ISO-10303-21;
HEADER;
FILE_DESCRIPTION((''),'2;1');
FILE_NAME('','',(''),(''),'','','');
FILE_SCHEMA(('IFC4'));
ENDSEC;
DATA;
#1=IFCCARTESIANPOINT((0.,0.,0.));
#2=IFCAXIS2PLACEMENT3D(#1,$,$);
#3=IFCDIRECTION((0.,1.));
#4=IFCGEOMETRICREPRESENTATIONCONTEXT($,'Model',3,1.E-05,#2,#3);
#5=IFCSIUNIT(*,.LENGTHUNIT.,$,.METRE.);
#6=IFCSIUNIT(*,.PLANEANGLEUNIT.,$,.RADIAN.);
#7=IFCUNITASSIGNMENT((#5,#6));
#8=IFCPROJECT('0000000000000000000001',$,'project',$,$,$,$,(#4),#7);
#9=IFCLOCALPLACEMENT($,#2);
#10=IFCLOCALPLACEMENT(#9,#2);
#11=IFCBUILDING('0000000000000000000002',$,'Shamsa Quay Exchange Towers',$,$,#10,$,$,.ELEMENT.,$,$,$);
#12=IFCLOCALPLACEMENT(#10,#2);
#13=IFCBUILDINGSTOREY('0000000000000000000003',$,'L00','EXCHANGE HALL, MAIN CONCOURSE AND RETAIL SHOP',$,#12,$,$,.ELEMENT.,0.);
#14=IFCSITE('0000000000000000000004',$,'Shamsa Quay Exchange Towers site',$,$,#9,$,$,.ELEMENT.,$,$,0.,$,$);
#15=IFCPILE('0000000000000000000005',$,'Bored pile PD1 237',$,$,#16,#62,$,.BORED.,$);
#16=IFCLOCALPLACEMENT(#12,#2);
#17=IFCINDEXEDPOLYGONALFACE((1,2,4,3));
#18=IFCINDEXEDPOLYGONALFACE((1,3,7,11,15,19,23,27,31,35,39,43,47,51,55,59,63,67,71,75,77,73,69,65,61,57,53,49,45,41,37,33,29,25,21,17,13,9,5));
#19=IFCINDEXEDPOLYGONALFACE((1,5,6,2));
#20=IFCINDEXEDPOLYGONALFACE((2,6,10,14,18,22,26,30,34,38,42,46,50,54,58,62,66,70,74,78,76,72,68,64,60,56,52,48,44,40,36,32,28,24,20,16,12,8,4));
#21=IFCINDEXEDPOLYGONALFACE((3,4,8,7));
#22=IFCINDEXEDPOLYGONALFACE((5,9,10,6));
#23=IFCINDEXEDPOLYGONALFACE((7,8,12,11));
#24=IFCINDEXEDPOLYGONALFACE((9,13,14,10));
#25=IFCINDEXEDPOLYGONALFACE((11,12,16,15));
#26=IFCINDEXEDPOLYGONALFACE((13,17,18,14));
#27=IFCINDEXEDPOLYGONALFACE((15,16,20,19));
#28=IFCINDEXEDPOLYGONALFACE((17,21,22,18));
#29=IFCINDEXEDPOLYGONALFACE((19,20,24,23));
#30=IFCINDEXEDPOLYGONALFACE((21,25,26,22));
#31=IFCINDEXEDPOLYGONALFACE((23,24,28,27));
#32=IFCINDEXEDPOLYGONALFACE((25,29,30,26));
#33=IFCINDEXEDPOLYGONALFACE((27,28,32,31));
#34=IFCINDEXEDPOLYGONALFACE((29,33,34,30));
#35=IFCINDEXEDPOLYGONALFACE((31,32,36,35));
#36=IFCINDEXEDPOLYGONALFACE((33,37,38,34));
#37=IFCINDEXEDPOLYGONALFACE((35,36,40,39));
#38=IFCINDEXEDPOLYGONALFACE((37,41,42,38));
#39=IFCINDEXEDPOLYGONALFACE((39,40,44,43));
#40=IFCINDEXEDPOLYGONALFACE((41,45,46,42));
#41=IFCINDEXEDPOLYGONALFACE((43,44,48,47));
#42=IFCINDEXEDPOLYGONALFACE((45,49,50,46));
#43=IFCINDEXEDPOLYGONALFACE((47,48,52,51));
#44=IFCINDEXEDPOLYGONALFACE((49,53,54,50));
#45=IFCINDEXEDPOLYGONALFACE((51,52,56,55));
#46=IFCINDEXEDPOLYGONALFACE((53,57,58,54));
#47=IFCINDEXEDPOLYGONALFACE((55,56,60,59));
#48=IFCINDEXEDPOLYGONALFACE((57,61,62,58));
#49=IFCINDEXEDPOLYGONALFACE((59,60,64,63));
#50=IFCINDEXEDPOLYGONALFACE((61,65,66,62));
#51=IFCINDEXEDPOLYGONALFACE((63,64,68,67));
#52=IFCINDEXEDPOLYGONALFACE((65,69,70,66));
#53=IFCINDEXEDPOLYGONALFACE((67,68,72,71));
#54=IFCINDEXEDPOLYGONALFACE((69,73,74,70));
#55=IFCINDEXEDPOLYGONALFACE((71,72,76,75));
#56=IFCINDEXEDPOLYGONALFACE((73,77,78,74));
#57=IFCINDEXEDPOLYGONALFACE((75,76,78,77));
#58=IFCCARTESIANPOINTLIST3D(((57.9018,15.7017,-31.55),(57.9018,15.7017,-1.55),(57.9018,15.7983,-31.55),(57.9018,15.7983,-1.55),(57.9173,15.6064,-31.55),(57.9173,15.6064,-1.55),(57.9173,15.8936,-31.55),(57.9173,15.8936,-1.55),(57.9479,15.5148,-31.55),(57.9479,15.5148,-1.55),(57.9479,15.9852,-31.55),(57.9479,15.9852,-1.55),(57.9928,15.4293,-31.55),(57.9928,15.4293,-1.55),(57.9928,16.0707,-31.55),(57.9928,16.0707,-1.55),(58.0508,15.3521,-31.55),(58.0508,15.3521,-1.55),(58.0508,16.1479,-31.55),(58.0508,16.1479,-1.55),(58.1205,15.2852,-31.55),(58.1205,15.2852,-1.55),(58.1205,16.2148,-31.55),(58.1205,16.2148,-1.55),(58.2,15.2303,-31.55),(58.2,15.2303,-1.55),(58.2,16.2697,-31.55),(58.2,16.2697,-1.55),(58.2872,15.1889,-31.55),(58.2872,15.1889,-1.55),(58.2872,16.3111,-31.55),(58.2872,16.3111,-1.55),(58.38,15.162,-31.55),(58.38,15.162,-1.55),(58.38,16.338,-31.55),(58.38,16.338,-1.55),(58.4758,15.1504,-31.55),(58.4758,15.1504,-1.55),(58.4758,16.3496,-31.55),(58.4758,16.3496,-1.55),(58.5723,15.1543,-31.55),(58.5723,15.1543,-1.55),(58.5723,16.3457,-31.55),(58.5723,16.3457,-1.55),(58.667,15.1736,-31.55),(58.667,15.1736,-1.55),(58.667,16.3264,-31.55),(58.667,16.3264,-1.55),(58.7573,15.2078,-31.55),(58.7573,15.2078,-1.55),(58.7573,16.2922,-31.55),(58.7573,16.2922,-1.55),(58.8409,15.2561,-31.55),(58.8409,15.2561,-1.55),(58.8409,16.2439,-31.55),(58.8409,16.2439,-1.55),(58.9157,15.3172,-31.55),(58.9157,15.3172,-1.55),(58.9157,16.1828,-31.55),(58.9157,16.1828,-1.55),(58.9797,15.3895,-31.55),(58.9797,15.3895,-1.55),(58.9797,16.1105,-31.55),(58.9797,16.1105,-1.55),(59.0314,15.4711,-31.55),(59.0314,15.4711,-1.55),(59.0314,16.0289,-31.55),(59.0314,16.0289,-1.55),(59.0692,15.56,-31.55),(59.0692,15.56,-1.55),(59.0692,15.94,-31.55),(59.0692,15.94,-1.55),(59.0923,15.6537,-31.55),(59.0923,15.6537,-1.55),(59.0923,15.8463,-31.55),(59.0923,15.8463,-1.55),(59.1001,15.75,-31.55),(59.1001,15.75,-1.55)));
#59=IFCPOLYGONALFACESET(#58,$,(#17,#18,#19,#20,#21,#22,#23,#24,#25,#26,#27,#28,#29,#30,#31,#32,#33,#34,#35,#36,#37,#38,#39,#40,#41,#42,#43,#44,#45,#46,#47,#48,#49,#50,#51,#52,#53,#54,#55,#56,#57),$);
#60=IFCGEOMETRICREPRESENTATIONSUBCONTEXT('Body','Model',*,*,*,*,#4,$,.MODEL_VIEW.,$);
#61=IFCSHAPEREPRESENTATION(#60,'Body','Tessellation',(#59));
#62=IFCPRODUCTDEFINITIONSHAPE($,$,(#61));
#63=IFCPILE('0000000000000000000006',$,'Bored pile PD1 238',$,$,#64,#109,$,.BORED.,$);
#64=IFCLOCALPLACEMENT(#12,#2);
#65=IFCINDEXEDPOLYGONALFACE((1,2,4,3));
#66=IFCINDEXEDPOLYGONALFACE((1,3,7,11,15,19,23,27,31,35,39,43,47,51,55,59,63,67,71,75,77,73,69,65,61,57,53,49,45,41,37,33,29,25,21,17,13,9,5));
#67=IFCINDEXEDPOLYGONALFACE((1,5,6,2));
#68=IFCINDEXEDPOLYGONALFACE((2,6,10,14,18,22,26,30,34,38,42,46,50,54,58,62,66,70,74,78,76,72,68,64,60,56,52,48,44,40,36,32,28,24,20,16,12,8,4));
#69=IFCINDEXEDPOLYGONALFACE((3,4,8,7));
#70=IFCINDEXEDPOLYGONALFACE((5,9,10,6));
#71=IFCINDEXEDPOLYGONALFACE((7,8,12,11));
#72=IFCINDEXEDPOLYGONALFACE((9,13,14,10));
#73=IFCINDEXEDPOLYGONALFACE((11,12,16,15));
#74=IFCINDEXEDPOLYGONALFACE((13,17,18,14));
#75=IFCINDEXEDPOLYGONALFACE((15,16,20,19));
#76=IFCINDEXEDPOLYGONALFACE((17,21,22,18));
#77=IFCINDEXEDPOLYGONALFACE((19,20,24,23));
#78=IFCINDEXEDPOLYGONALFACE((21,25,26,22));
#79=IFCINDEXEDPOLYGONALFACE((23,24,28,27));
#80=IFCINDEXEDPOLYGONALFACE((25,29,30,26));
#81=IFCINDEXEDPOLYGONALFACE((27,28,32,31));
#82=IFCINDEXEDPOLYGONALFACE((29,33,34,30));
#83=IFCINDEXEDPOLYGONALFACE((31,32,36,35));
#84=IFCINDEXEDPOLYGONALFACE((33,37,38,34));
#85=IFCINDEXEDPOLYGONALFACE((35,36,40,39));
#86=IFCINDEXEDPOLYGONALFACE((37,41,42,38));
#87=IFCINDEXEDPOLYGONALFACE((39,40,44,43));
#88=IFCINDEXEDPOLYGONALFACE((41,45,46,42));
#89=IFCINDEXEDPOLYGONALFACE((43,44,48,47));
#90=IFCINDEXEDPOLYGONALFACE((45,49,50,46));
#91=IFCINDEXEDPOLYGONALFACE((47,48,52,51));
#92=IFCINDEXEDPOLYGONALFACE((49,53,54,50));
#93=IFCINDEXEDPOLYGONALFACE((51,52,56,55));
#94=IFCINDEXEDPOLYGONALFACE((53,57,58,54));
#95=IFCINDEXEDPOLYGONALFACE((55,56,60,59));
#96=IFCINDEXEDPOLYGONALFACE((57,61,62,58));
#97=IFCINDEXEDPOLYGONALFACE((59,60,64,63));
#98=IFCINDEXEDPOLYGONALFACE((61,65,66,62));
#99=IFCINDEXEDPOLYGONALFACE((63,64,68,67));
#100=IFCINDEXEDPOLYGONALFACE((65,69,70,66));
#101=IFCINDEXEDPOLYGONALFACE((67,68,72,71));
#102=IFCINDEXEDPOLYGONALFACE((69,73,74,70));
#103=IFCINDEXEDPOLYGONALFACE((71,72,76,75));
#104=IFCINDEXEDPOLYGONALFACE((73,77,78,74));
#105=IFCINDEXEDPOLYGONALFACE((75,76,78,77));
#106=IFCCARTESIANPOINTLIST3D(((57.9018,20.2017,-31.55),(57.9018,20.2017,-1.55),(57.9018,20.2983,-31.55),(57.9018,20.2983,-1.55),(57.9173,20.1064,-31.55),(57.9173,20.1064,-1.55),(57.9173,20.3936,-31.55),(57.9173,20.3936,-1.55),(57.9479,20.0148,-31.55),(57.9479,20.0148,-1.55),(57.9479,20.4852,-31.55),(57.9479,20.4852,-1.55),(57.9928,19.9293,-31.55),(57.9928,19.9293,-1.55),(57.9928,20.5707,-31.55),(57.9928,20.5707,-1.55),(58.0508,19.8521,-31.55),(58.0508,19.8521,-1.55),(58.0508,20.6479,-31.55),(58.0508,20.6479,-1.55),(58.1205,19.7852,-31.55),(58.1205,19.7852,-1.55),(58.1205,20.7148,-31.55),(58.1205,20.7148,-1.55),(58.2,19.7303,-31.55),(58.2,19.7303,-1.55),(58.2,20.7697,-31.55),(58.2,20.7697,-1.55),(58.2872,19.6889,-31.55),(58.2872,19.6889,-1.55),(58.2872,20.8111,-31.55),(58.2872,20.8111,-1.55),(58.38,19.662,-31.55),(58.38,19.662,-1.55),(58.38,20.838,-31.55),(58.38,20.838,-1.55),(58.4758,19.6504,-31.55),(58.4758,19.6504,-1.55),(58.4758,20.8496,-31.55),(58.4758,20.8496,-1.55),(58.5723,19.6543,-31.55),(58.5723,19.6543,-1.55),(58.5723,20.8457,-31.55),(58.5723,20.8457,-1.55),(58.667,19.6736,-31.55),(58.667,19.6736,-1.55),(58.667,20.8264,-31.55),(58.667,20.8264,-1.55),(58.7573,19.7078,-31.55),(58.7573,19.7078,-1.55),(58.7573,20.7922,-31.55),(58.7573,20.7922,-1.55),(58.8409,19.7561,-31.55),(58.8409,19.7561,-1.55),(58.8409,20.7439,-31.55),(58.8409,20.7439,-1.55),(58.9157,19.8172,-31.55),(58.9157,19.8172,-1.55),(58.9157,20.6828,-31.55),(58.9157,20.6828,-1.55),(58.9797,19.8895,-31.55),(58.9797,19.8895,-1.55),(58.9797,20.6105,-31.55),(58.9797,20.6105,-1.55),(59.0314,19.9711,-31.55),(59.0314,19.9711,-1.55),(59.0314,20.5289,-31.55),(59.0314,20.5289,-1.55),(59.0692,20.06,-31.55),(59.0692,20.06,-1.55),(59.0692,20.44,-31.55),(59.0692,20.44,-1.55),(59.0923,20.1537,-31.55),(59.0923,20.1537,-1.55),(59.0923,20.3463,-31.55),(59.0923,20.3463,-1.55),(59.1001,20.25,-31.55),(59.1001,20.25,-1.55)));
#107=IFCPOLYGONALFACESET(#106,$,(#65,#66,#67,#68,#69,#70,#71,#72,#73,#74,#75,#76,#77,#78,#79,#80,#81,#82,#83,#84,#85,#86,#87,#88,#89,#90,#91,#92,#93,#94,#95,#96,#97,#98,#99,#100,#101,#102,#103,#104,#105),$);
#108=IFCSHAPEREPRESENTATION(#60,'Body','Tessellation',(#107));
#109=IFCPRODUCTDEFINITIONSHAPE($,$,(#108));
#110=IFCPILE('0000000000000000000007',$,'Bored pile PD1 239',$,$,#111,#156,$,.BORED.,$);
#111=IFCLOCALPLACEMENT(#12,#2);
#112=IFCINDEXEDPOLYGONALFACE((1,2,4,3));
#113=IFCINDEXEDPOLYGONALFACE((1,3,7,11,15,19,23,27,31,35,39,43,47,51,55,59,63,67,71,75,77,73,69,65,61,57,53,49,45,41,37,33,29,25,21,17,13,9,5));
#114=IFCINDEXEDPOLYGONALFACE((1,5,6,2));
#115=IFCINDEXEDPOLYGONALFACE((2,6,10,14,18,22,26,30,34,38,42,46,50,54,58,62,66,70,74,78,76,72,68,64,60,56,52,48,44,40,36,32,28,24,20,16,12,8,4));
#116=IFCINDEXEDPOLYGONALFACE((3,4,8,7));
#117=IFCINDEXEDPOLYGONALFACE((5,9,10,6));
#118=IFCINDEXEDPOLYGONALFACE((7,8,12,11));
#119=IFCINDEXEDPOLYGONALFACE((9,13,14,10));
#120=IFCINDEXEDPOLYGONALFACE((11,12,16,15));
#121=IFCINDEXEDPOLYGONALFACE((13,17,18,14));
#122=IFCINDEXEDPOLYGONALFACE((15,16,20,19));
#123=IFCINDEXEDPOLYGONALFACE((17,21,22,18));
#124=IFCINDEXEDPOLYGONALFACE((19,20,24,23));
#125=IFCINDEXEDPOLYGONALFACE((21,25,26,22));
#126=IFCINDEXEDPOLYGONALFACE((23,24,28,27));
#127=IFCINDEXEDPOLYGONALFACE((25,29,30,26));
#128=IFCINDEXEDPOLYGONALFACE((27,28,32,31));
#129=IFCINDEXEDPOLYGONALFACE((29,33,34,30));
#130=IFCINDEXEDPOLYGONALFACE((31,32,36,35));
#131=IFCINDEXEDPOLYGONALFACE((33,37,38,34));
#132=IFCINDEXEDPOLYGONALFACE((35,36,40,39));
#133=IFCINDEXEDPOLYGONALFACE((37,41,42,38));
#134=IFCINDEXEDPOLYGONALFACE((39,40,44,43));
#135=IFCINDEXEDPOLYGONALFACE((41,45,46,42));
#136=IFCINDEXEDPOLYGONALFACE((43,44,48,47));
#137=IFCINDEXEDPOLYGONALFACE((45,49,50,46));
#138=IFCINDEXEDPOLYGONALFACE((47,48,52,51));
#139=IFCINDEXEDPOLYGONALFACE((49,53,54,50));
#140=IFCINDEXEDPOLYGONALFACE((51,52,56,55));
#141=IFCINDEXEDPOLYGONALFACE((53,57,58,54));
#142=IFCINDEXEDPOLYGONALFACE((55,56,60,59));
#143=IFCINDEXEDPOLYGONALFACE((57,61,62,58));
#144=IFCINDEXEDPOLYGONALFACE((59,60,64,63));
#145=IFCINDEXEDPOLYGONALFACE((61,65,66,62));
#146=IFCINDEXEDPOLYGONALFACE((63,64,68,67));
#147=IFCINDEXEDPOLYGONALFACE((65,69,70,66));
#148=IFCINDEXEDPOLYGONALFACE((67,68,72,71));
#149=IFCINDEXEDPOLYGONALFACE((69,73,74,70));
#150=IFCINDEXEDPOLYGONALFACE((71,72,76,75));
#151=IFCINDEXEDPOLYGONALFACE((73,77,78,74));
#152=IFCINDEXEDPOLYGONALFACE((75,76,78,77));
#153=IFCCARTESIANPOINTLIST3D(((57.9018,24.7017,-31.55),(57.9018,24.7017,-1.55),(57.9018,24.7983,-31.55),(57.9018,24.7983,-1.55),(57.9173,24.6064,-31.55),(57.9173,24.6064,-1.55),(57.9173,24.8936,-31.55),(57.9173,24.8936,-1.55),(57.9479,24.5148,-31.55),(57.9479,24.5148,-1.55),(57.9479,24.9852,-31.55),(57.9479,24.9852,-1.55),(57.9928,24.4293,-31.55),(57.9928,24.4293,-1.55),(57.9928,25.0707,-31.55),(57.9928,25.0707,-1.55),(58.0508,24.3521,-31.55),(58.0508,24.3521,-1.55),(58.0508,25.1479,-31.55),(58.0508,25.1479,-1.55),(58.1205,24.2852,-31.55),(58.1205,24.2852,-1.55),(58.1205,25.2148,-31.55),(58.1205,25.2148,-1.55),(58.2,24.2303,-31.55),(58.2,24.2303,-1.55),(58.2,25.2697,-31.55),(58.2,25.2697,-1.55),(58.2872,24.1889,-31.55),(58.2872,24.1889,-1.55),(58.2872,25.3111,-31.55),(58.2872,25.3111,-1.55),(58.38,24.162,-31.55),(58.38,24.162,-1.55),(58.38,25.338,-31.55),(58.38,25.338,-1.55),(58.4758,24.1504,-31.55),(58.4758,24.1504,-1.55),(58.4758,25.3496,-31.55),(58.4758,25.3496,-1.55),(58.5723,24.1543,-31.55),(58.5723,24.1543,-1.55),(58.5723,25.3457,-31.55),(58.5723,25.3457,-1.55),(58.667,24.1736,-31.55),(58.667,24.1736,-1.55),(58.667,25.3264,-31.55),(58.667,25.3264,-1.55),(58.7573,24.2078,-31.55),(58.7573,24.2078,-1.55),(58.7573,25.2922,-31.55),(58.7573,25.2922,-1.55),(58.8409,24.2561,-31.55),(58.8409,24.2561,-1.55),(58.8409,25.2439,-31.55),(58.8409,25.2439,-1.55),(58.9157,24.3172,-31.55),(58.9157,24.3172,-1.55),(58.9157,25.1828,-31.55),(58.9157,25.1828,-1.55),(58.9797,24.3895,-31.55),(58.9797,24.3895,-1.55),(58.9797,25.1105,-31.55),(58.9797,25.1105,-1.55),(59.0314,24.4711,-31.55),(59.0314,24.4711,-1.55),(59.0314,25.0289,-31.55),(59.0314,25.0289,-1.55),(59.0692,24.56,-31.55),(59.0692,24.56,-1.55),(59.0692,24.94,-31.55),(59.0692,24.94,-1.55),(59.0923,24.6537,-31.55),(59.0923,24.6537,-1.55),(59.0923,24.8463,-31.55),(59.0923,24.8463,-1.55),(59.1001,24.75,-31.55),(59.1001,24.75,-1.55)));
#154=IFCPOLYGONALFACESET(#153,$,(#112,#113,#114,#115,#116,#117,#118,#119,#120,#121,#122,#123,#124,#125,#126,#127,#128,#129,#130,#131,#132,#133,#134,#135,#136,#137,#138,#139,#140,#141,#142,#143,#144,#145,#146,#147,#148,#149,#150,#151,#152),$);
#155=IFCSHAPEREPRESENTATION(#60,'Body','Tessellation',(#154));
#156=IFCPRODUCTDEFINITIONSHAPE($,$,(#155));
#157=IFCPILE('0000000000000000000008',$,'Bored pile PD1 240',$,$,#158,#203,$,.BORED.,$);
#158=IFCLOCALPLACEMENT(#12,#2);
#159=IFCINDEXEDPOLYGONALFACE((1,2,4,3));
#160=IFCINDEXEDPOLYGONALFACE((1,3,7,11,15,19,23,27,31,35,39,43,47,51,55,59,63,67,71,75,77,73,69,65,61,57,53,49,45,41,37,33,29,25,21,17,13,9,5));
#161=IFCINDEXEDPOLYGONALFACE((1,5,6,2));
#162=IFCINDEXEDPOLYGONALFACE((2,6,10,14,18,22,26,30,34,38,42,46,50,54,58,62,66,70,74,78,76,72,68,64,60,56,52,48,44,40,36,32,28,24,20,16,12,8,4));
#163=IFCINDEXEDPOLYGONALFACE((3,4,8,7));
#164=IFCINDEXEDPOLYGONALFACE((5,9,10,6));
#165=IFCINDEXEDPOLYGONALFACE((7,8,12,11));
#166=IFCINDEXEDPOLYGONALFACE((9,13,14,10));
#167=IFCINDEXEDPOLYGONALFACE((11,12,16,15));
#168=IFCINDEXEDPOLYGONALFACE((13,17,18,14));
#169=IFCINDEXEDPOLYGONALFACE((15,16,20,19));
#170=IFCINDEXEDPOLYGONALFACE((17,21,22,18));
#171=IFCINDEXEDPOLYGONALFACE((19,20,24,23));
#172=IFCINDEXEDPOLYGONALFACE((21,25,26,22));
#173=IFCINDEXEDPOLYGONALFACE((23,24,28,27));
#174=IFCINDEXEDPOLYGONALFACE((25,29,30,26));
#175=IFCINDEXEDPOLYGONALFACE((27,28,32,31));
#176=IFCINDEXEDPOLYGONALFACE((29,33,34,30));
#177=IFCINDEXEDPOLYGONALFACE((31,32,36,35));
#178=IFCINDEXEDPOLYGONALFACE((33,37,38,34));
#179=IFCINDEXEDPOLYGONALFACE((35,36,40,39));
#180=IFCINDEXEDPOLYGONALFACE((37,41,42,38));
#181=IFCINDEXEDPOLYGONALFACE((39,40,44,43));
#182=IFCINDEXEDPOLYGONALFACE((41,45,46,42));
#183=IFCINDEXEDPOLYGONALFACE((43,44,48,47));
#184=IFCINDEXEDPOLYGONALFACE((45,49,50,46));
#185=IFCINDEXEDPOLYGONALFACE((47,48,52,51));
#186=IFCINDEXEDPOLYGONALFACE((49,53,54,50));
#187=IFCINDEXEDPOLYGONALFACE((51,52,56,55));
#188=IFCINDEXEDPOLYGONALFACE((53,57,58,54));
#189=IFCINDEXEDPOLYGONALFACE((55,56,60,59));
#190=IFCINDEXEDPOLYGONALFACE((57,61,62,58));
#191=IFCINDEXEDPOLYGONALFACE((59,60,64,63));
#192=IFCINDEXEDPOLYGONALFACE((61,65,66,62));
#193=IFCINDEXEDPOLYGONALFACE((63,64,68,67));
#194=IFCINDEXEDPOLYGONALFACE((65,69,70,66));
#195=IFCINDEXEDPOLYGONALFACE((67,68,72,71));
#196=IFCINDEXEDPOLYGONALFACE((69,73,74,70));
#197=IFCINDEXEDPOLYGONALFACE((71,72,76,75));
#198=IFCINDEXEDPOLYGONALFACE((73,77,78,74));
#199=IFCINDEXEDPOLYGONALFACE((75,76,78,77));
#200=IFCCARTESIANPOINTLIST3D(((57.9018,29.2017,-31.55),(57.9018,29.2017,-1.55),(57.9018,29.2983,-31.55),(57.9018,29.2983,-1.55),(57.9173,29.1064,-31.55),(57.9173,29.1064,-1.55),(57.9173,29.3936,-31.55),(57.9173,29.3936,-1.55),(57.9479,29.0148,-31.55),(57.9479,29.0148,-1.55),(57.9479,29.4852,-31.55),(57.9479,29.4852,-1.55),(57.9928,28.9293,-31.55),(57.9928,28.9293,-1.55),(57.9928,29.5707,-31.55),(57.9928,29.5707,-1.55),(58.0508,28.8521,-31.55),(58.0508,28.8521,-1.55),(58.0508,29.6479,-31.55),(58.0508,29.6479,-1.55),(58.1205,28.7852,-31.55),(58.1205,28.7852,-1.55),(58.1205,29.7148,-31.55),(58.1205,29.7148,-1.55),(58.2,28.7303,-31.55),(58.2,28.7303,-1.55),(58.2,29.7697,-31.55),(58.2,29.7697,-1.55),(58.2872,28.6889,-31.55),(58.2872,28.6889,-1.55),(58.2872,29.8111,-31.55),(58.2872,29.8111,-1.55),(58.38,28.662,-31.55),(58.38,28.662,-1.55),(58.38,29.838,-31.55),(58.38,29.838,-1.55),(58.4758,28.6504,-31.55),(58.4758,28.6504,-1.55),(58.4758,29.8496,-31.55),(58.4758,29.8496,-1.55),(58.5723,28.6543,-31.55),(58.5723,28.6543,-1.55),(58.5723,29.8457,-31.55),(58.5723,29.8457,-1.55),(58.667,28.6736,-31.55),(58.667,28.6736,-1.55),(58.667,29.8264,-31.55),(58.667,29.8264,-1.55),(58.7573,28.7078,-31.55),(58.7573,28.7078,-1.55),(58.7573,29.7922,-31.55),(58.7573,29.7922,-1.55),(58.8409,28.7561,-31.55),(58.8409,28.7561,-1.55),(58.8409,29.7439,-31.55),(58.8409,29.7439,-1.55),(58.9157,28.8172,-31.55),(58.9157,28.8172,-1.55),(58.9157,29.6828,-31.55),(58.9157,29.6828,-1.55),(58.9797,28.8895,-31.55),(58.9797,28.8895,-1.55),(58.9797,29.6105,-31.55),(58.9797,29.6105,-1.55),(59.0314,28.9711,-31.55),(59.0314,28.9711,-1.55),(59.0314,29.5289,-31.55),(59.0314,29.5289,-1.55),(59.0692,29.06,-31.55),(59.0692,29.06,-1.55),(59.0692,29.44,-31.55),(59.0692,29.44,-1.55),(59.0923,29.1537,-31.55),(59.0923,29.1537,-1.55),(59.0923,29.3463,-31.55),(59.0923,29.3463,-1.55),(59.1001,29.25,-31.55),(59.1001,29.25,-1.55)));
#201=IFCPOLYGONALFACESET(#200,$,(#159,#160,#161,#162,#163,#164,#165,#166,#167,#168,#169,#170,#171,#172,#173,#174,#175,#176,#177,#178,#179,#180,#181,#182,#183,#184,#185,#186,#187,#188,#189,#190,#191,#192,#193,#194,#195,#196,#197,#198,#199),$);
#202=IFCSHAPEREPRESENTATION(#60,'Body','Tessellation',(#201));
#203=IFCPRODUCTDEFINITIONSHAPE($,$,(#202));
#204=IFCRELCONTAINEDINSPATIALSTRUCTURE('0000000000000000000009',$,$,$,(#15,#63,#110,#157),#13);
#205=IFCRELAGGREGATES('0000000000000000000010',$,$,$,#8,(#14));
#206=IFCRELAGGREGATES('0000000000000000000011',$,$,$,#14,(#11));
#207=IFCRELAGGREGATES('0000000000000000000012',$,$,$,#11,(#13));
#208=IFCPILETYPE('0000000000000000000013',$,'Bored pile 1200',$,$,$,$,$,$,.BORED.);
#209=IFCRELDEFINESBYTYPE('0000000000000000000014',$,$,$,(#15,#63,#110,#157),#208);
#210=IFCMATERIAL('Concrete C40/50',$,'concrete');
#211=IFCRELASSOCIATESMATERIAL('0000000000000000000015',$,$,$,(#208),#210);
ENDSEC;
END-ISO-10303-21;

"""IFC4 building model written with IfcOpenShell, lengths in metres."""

from ifc_helpers import new_model, si_unit, direction, frame, origin, origin_2d, place, context, subcontext, project, spatial, circle, extrude, material, material_profile, profile_set, type_object, element, save


model = new_model("IFC4")

# Units and contexts
model_context = context("Model", 3, precision=1e-05, world=origin(), true_north=direction((0.0, 1.0)))
body_context = subcontext(model_context, "Body", "Model", "MODEL_VIEW")
ifc_project = project(units=[si_unit("LENGTHUNIT", "METRE"), si_unit("PLANEANGLEUNIT", "RADIAN")], contexts=[model_context])

# Site, building, storey
site_placement = place(None, origin())
site = spatial("IfcSite", under=ifc_project, at=site_placement, Name="Shamsa Quay Exchange Towers site", CompositionType="ELEMENT", RefElevation=0.0)
building_placement = place(site_placement, origin())
building = spatial("IfcBuilding", under=site, at=building_placement, Name="Shamsa Quay Exchange Towers", CompositionType="ELEMENT")
storey_placement = place(building_placement, origin())
storey = spatial("IfcBuildingStorey", under=building, at=storey_placement, Name="L00", Description="EXCHANGE HALL, MAIN CONCOURSE AND RETAIL SHOP", CompositionType="ELEMENT", Elevation=0.0)

# Piles
ifc_material_1 = material(Name="Concrete C40/50", Category="concrete")
ifc_material_profile_1 = material_profile(ifc_material_1, circle(Radius=0.6001, at=origin_2d()), Name="BP1200")
ifc_profile_set_1 = profile_set([ifc_material_profile_1], Name="Concrete C40/50")
pile_type = type_object("IfcPileType", Name="Bored pile 1200", PredefinedType="BORED", material=ifc_profile_set_1)
for number, where, z_axis, x_axis, name in (
    (1, (58.5, 15.75, -1.55), (0.0, 0.0, -1.0), (1.0, 0.0, 0.0), "Bored pile PD1 237"),
    (2, (58.5, 20.25, -1.55), (0.0, 0.0, -1.0), (1.0, 0.0, 0.0), "Bored pile PD1 238"),
    (3, (58.5, 24.75, -1.55), (0.0, 0.0, -1.0), (1.0, 0.0, 0.0), "Bored pile PD1 239"),
    (4, (58.5, 29.25, -1.55), (0.0, 0.0, -1.0), (1.0, 0.0, 0.0), "Bored pile PD1 240"),
):
    element("IfcPile", number, at=place(storey_placement, frame(where, z_axis=z_axis, x_axis=x_axis)), inside=storey, type_object=pile_type, Name=name, PredefinedType="BORED", context=body_context, shape_type="SweptSolid", body=[
        extrude(circle(Radius=0.6001, at=origin_2d()), origin(), (0.0, 0.0, 1.0), 30.0),
    ])

save(model, "model.ifc")
